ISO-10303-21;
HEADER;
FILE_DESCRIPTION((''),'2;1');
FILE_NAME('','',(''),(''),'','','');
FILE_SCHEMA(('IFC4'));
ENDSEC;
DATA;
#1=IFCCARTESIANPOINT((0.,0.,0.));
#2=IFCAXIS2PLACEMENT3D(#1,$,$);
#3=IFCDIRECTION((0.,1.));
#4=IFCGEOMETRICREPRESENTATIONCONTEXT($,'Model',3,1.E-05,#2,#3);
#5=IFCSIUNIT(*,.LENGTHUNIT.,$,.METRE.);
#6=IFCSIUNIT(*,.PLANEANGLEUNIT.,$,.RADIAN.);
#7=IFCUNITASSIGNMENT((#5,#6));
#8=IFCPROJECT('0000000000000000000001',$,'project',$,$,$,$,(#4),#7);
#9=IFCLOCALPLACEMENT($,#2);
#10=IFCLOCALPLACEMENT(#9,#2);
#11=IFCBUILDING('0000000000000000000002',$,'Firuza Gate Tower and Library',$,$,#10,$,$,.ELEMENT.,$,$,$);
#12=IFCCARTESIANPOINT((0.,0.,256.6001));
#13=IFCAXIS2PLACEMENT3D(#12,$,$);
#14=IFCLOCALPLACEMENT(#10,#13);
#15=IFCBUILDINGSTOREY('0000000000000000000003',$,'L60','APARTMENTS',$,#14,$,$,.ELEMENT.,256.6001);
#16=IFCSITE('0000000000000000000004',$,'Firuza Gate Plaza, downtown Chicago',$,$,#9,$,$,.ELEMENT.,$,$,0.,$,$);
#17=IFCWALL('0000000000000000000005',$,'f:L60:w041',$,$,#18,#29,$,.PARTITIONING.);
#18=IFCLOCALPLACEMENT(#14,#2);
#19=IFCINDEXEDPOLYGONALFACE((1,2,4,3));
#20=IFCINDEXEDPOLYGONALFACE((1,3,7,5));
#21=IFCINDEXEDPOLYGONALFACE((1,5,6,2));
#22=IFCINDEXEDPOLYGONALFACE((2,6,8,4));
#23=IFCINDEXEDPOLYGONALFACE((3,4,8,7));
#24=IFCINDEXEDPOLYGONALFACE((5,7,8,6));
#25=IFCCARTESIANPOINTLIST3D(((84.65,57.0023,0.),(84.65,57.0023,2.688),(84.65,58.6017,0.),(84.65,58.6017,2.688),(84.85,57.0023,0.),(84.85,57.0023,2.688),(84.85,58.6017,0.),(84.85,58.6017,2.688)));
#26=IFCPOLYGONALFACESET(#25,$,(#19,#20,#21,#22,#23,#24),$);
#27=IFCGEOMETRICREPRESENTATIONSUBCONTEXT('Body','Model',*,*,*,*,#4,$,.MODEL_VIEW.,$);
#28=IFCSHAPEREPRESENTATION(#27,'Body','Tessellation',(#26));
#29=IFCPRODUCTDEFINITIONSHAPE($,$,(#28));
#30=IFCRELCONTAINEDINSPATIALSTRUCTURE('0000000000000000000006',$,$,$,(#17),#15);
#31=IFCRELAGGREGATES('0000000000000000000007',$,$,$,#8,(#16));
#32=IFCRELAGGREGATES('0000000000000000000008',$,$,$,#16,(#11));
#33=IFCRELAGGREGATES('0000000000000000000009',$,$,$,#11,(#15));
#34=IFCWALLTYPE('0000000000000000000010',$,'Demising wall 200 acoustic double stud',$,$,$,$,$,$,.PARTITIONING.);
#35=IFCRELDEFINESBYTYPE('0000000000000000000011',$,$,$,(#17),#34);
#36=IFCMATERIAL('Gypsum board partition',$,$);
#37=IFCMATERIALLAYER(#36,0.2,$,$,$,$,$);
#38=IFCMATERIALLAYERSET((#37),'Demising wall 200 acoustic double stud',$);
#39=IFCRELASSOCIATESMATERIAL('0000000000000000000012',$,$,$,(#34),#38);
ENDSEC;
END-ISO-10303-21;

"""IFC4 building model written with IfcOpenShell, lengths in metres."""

from ifc_helpers import new_model, si_unit, direction, frame, frame_2d, origin, place, context, subcontext, project, spatial, rectangle, extrude, material, layer, layer_set, type_object, element, save


model = new_model("IFC4")

# Units and contexts
model_context = context("Model", 3, precision=1e-05, world=origin(), true_north=direction((0.0, 1.0)))
body_context = subcontext(model_context, "Body", "Model", "MODEL_VIEW")
ifc_project = project(units=[si_unit("LENGTHUNIT", "METRE"), si_unit("PLANEANGLEUNIT", "RADIAN")], contexts=[model_context])

# Site, building, storey
site_placement = place(None, origin())
site = spatial("IfcSite", under=ifc_project, at=site_placement, Name="Firuza Gate Plaza, downtown Chicago", CompositionType="ELEMENT", RefElevation=0.0)
building_placement = place(site_placement, origin())
building = spatial("IfcBuilding", under=site, at=building_placement, Name="Firuza Gate Tower and Library", CompositionType="ELEMENT")
storey_placement = place(building_placement, frame((0.0, 0.0, 256.6001)))
storey = spatial("IfcBuildingStorey", under=building, at=storey_placement, Name="L60", Description="APARTMENTS", CompositionType="ELEMENT", Elevation=256.6001)

# Wall
ifc_material_1 = material(Name="Gypsum board partition")
ifc_layer_1 = layer(ifc_material_1, 0.2)
ifc_layer_set_1 = layer_set([ifc_layer_1], Name="Demising wall 200 acoustic double stud")
wall_type = type_object("IfcWallType", Name="Demising wall 200 acoustic double stud", PredefinedType="PARTITIONING", material=ifc_layer_set_1)
wall_placement = place(storey_placement, frame((84.75, 57.0022, 0.0), z_axis=(0.0, 0.0, 1.0), x_axis=(0.0, 1.0, 0.0)))
element("IfcWall", 1, at=wall_placement, inside=storey, type_object=wall_type, Name="f:L60:w041", PredefinedType="PARTITIONING", context=body_context, shape_type="SweptSolid", body=[
    extrude(rectangle(XDim=1.5994, YDim=0.2, at=frame_2d((0.7998, 0.0))), origin(), (0.0, 0.0, 1.0), 2.688),
])

save(model, "model.ifc")
